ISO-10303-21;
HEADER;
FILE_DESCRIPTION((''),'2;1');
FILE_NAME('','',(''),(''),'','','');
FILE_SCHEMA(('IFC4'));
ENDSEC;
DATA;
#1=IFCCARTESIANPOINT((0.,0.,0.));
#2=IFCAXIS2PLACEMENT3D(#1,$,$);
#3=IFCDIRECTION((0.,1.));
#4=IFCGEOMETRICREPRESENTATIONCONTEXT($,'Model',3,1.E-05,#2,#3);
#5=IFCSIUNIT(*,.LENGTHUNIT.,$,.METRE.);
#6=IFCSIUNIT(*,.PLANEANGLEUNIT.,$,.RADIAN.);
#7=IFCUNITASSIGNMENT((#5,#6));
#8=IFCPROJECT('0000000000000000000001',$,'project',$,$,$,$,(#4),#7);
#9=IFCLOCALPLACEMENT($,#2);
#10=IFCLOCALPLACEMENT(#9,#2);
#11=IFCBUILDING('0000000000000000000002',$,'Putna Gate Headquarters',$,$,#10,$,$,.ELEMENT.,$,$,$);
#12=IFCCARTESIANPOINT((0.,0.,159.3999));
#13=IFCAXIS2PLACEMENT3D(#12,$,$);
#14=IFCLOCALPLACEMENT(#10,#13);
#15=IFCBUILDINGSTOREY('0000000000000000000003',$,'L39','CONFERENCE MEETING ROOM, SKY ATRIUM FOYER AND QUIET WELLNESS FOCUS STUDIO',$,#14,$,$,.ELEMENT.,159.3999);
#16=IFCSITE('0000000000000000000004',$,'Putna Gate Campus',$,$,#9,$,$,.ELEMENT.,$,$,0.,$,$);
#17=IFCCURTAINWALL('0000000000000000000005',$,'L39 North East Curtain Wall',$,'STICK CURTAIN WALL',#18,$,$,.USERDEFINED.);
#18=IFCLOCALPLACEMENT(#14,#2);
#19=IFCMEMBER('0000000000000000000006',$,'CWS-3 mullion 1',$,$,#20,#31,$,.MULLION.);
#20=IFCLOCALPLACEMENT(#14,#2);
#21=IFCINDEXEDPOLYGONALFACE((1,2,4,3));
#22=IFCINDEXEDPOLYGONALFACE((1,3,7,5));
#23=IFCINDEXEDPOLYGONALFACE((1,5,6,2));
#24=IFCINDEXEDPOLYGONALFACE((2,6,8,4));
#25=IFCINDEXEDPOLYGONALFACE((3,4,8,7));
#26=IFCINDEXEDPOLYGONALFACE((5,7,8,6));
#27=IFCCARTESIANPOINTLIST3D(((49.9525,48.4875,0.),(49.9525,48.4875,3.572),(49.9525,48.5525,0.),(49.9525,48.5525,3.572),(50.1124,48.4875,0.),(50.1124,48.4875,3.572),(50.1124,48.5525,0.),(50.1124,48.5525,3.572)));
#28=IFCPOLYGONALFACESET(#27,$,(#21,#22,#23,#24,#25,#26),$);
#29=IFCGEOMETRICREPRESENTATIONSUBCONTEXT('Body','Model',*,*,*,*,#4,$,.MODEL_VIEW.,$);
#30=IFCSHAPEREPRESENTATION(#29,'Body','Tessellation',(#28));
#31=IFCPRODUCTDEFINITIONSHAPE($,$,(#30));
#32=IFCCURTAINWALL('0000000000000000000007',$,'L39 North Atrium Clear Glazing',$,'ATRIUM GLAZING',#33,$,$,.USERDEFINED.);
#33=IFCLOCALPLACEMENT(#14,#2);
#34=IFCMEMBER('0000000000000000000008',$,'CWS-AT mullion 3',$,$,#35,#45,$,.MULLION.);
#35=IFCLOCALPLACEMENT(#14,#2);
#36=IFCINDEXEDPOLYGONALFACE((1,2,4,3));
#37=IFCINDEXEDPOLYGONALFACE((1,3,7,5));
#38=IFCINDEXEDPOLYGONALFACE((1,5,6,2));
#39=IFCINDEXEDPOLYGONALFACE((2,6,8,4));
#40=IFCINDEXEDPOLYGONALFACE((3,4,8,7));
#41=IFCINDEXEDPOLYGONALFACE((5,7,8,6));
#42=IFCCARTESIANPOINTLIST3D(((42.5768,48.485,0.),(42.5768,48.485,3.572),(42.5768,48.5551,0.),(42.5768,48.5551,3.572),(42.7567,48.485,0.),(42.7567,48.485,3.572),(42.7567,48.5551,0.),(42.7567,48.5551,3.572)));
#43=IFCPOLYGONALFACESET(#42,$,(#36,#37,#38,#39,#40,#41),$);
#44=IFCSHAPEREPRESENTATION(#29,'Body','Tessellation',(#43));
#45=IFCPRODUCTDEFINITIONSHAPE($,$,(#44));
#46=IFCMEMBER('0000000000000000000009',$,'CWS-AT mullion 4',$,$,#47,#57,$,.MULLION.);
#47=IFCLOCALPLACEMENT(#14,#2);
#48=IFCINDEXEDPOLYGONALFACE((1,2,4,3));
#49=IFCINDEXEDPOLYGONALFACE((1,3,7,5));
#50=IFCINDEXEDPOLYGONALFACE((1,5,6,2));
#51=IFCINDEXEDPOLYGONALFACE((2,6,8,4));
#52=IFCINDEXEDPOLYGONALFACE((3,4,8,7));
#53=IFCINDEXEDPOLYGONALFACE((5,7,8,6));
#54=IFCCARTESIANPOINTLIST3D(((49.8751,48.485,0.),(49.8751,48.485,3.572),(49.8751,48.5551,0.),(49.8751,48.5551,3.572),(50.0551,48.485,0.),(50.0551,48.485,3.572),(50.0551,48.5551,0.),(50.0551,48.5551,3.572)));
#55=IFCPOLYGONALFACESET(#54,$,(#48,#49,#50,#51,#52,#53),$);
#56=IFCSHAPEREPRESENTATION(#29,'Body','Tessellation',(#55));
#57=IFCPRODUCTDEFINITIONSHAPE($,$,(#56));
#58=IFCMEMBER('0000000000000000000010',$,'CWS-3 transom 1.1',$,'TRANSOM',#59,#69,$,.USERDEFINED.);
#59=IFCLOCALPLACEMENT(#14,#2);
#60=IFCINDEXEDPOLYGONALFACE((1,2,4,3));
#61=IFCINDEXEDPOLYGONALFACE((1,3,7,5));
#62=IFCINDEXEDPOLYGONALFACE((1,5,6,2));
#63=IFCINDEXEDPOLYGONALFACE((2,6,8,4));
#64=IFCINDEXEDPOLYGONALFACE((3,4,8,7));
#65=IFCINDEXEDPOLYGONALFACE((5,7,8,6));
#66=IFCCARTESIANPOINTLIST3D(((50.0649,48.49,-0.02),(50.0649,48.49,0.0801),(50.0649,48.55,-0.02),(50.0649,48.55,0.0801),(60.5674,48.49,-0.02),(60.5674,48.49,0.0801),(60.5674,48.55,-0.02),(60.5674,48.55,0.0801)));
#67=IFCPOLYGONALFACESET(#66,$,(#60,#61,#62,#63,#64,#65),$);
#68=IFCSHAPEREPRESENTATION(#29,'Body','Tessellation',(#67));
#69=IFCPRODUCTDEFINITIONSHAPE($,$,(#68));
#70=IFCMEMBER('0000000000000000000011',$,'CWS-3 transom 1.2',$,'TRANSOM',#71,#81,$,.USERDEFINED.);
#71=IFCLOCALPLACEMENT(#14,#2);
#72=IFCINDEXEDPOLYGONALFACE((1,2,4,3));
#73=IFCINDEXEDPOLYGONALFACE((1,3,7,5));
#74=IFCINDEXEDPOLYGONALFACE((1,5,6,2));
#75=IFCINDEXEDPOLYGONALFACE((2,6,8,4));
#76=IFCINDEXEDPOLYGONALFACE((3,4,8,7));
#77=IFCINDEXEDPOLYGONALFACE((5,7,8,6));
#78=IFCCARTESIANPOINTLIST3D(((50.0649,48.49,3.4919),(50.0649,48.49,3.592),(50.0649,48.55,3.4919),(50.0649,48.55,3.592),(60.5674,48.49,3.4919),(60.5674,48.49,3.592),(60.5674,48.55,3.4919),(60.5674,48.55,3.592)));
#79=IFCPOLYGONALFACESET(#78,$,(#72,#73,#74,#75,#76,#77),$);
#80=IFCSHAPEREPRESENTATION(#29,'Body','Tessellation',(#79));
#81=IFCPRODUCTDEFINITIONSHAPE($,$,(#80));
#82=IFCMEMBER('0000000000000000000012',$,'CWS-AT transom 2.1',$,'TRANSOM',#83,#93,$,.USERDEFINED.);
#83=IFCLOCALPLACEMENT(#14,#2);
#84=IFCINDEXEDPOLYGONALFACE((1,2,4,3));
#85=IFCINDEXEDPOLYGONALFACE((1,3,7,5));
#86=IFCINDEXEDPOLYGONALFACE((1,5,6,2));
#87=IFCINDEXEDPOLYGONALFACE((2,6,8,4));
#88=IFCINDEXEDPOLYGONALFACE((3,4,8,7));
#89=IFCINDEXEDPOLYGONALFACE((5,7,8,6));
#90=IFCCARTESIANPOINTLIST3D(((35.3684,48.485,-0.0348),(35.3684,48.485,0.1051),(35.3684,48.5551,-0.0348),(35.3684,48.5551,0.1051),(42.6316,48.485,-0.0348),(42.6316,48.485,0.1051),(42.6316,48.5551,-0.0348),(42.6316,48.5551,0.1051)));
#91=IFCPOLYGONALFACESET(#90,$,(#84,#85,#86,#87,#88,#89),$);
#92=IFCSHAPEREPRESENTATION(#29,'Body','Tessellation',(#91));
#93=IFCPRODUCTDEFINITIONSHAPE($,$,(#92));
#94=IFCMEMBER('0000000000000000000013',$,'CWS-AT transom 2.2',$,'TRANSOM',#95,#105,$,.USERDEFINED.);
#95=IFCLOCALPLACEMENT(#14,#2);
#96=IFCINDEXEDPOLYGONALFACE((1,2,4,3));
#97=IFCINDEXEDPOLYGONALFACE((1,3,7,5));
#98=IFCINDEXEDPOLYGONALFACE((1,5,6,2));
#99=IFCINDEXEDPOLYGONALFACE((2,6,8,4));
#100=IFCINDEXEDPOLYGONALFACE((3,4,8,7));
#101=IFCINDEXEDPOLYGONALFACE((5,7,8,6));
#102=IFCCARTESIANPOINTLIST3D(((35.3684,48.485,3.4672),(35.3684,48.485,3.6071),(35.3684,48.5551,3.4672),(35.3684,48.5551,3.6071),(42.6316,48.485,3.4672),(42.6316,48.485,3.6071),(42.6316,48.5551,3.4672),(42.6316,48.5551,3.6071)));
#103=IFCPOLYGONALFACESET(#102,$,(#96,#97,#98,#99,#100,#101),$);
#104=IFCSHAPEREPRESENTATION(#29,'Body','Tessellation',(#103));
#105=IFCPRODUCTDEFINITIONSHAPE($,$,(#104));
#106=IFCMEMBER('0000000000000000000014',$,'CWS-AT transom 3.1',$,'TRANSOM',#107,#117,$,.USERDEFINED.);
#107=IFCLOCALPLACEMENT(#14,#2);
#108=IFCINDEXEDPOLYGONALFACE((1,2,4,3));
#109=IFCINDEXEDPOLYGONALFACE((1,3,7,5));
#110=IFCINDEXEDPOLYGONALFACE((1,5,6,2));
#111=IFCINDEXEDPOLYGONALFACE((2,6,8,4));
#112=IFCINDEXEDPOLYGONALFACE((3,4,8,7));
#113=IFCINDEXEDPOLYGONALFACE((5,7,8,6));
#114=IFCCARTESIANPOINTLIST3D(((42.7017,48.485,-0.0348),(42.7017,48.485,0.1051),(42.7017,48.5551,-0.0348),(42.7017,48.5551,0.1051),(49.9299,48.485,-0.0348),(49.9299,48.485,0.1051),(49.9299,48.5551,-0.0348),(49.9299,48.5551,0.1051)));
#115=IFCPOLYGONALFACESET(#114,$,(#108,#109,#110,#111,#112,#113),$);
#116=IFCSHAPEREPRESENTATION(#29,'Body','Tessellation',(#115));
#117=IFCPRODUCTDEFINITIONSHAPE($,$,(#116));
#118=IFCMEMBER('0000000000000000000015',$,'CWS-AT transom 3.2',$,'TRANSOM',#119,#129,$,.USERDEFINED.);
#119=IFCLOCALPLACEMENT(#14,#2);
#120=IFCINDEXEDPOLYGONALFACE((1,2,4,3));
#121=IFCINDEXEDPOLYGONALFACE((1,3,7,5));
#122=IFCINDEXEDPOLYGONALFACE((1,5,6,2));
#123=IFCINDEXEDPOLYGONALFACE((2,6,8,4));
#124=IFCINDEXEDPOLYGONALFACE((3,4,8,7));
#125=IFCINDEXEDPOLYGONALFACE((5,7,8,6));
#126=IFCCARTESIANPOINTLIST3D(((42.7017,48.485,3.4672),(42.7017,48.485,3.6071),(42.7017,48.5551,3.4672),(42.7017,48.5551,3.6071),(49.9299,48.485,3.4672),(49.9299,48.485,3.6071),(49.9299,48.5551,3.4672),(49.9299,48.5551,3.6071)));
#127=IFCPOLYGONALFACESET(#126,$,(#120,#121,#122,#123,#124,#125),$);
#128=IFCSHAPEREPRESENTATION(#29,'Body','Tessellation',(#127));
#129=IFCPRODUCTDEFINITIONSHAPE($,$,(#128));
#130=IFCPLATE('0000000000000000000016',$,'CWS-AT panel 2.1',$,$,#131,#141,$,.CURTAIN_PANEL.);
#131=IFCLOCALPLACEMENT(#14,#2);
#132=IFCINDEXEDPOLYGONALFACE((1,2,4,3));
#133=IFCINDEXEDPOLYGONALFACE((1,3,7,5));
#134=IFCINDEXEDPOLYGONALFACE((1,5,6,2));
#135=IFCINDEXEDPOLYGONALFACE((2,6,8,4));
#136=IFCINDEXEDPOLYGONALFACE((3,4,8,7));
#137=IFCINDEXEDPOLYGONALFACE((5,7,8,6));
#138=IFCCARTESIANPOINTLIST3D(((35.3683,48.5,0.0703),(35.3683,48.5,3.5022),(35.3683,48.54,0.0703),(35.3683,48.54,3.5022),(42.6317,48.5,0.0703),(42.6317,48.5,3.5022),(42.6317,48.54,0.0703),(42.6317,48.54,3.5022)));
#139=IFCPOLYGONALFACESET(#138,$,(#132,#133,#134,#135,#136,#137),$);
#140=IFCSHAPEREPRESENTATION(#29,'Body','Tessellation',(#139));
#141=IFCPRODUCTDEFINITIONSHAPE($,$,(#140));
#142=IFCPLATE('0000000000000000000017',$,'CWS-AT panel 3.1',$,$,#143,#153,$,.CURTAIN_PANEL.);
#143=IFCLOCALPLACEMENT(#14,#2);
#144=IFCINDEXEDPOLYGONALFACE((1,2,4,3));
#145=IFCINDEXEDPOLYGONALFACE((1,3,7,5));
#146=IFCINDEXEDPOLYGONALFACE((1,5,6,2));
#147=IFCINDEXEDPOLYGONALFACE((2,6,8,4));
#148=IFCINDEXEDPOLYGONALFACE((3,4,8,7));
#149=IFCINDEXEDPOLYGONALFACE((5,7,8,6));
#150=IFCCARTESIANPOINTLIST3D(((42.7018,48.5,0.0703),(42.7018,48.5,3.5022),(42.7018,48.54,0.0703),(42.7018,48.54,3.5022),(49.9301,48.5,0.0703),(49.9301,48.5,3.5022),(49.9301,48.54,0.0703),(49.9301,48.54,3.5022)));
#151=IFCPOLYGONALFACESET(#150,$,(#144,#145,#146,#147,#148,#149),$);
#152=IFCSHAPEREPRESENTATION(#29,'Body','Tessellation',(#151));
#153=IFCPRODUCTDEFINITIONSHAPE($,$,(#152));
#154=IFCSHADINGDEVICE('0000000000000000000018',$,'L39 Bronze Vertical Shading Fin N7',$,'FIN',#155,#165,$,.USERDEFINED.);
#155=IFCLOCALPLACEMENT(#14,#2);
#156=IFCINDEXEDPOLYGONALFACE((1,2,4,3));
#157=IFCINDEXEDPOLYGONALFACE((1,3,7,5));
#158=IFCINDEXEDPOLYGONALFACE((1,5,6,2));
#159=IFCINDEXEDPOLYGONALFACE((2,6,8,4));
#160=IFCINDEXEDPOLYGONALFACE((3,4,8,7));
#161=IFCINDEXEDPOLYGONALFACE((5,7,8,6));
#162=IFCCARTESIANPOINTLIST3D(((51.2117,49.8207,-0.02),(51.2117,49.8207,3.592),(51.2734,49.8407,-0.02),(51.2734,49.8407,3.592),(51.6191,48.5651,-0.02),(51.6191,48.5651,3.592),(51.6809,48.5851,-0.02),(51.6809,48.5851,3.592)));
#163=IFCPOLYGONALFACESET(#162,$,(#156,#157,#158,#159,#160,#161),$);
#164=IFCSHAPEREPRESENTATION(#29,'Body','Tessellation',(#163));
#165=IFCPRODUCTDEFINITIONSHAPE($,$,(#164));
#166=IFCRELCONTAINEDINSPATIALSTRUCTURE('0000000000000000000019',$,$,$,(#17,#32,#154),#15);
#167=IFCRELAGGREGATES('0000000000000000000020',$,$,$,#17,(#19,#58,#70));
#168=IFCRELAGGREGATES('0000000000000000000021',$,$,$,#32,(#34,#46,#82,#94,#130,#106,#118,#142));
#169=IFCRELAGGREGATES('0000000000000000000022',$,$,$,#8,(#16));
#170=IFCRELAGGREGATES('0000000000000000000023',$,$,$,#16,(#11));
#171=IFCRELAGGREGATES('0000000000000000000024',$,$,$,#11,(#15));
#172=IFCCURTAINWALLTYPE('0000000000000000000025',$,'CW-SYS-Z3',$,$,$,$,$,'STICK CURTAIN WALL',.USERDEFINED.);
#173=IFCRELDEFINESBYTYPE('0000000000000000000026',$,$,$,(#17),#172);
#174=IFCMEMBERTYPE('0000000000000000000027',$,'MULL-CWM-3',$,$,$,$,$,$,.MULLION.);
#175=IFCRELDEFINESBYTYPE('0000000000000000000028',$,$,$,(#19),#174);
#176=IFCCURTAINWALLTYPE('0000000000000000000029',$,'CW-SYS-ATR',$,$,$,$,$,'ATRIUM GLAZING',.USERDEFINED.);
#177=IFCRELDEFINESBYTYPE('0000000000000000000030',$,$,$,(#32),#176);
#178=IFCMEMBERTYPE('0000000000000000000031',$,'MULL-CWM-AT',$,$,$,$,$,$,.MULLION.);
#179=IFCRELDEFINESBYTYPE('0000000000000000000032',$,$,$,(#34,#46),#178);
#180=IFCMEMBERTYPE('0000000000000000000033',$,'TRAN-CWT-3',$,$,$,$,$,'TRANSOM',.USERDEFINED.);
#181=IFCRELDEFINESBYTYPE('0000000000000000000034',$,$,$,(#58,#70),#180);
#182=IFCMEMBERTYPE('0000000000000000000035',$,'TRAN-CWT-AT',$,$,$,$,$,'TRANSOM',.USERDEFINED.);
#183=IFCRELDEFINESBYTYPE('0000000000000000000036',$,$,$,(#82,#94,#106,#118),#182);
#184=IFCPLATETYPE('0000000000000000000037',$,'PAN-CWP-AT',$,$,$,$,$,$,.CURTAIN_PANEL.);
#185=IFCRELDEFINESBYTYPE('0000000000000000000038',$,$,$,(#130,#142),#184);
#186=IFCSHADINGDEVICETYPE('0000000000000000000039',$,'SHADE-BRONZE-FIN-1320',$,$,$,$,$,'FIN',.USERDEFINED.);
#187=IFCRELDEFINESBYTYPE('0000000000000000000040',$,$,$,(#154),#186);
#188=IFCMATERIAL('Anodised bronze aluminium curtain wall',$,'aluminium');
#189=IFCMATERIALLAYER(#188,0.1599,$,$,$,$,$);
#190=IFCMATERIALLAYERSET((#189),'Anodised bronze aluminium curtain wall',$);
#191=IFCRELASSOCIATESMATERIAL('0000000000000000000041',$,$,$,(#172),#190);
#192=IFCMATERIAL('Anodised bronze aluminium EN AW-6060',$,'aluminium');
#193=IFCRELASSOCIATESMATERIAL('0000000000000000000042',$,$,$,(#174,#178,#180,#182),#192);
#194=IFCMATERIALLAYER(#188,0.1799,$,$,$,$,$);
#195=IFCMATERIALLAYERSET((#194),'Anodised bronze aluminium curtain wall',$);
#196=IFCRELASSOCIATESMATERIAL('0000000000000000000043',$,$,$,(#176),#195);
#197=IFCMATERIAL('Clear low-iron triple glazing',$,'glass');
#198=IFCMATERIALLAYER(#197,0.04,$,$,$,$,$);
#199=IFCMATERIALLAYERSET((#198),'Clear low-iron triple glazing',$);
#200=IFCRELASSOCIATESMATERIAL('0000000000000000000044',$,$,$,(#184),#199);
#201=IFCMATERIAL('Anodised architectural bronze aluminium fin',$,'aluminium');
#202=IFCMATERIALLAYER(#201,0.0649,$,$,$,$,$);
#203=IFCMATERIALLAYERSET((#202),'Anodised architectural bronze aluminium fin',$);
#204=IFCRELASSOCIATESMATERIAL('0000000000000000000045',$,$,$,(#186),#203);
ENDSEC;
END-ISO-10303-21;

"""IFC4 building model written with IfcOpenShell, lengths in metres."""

from ifc_helpers import new_model, si_unit, direction, frame, origin, origin_2d, place, context, subcontext, project, spatial, rectangle, extrude, material, layer, layer_set, material_profile, profile_set, type_object, element, aggregate, save


model = new_model("IFC4")

# Units and contexts
model_context = context("Model", 3, precision=1e-05, world=origin(), true_north=direction((0.0, 1.0)))
body_context = subcontext(model_context, "Body", "Model", "MODEL_VIEW")
ifc_project = project(units=[si_unit("LENGTHUNIT", "METRE"), si_unit("PLANEANGLEUNIT", "RADIAN")], contexts=[model_context])

# Site, building, storey
site_placement = place(None, origin())
site = spatial("IfcSite", under=ifc_project, at=site_placement, Name="Putna Gate Campus", CompositionType="ELEMENT", RefElevation=0.0)
building_placement = place(site_placement, origin())
building = spatial("IfcBuilding", under=site, at=building_placement, Name="Putna Gate Headquarters", CompositionType="ELEMENT")
storey_placement = place(building_placement, frame((0.0, 0.0, 159.3999)))
storey = spatial("IfcBuildingStorey", under=building, at=storey_placement, Name="L39", Description="CONFERENCE MEETING ROOM, SKY ATRIUM FOYER AND QUIET WELLNESS FOCUS STUDIO", CompositionType="ELEMENT", Elevation=159.3999)

# Curtain wall, member
ifc_material_1 = material(Name="Anodised bronze aluminium curtain wall", Category="aluminium")
ifc_layer_1 = layer(ifc_material_1, 0.1599)
ifc_layer_set_1 = layer_set([ifc_layer_1], Name="Anodised bronze aluminium curtain wall")
curtain_wall_type_1 = type_object("IfcCurtainWallType", Name="CW-SYS-Z3", ElementType="STICK CURTAIN WALL", PredefinedType="USERDEFINED", material=ifc_layer_set_1)
curtain_wall_1_placement = place(storey_placement, origin())
curtain_wall_1 = element("IfcCurtainWall", 1, at=curtain_wall_1_placement, inside=storey, type_object=curtain_wall_type_1, Name="L39 North East Curtain Wall", ObjectType="STICK CURTAIN WALL", PredefinedType="USERDEFINED")
ifc_material_2 = material(Name="Anodised bronze aluminium EN AW-6060", Category="aluminium")
ifc_material_profile_1 = material_profile(ifc_material_2, rectangle(XDim=0.0649, YDim=0.1599, at=origin_2d()), Name="Anodised bronze aluminium EN AW-6060")
ifc_profile_set_1 = profile_set([ifc_material_profile_1], Name="Anodised bronze aluminium EN AW-6060")
member_type_1 = type_object("IfcMemberType", Name="MULL-CWM-3", PredefinedType="MULLION", material=ifc_profile_set_1)
member_1_placement = place(storey_placement, frame((50.0325, 48.52, 0.0), z_axis=(0.0, 0.0, 1.0), x_axis=(0.0, 1.0, 0.0)))
member_1 = element("IfcMember", 2, at=member_1_placement, type_object=member_type_1, Name="CWS-3 mullion 1", PredefinedType="MULLION", context=body_context, shape_type="SweptSolid", body=[
    extrude(rectangle(XDim=0.0649, YDim=0.1599, at=origin_2d()), origin(), (0.0, 0.0, 1.0), 3.572),
])

# Curtain wall, members
ifc_layer_2 = layer(ifc_material_1, 0.1799)
ifc_layer_set_2 = layer_set([ifc_layer_2], Name="Anodised bronze aluminium curtain wall")
curtain_wall_type_2 = type_object("IfcCurtainWallType", Name="CW-SYS-ATR", ElementType="ATRIUM GLAZING", PredefinedType="USERDEFINED", material=ifc_layer_set_2)
curtain_wall_2_placement = place(storey_placement, origin())
curtain_wall_2 = element("IfcCurtainWall", 3, at=curtain_wall_2_placement, inside=storey, type_object=curtain_wall_type_2, Name="L39 North Atrium Clear Glazing", ObjectType="ATRIUM GLAZING", PredefinedType="USERDEFINED")
ifc_material_profile_2 = material_profile(ifc_material_2, rectangle(XDim=0.0701, YDim=0.1799, at=origin_2d()), Name="Anodised bronze aluminium EN AW-6060")
ifc_profile_set_2 = profile_set([ifc_material_profile_2], Name="Anodised bronze aluminium EN AW-6060")
member_type_2 = type_object("IfcMemberType", Name="MULL-CWM-AT", PredefinedType="MULLION", material=ifc_profile_set_2)
member_2_placement = place(storey_placement, frame((42.6667, 48.52, 0.0), z_axis=(0.0, 0.0, 1.0), x_axis=(0.0, 1.0, 0.0)))
member_2 = element("IfcMember", 4, at=member_2_placement, type_object=member_type_2, Name="CWS-AT mullion 3", PredefinedType="MULLION", context=body_context, shape_type="SweptSolid", body=[
    extrude(rectangle(XDim=0.0701, YDim=0.1799, at=origin_2d()), origin(), (0.0, 0.0, 1.0), 3.572),
])
member_3_placement = place(storey_placement, frame((49.9651, 48.52, 0.0), z_axis=(0.0, 0.0, 1.0), x_axis=(0.0, 1.0, 0.0)))
member_3 = element("IfcMember", 5, at=member_3_placement, type_object=member_type_2, Name="CWS-AT mullion 4", PredefinedType="MULLION", context=body_context, shape_type="SweptSolid", body=[
    extrude(rectangle(XDim=0.0701, YDim=0.1799, at=origin_2d()), origin(), (0.0, 0.0, 1.0), 3.572),
])

# Members
ifc_material_profile_3 = material_profile(ifc_material_2, rectangle(XDim=0.0601, YDim=0.1001, at=origin_2d()), Name="Anodised bronze aluminium EN AW-6060")
ifc_profile_set_3 = profile_set([ifc_material_profile_3], Name="Anodised bronze aluminium EN AW-6060")
member_type_3 = type_object("IfcMemberType", Name="TRAN-CWT-3", ElementType="TRANSOM", PredefinedType="USERDEFINED", material=ifc_profile_set_3)
member_4_placement = place(storey_placement, frame((50.0649, 48.52, 0.03), z_axis=(1.0, 0.0, 0.0), x_axis=(0.0, 1.0, 0.0)))
member_4 = element("IfcMember", 6, at=member_4_placement, type_object=member_type_3, Name="CWS-3 transom 1.1", ObjectType="TRANSOM", PredefinedType="USERDEFINED", context=body_context, shape_type="SweptSolid", body=[
    extrude(rectangle(XDim=0.0601, YDim=0.1001, at=origin_2d()), origin(), (0.0, 0.0, 1.0), 10.5024),
])
member_5_placement = place(storey_placement, frame((50.0649, 48.52, 3.542), z_axis=(1.0, 0.0, 0.0), x_axis=(0.0, 1.0, 0.0)))
member_5 = element("IfcMember", 7, at=member_5_placement, type_object=member_type_3, Name="CWS-3 transom 1.2", ObjectType="TRANSOM", PredefinedType="USERDEFINED", context=body_context, shape_type="SweptSolid", body=[
    extrude(rectangle(XDim=0.0601, YDim=0.1001, at=origin_2d()), origin(), (0.0, 0.0, 1.0), 10.5024),
])
aggregate(curtain_wall_1, [member_1, member_4, member_5])
ifc_material_profile_4 = material_profile(ifc_material_2, rectangle(XDim=0.0701, YDim=0.1399, at=origin_2d()), Name="Anodised bronze aluminium EN AW-6060")
ifc_profile_set_4 = profile_set([ifc_material_profile_4], Name="Anodised bronze aluminium EN AW-6060")
member_type_4 = type_object("IfcMemberType", Name="TRAN-CWT-AT", ElementType="TRANSOM", PredefinedType="USERDEFINED", material=ifc_profile_set_4)
member_6_placement = place(storey_placement, frame((35.3684, 48.52, 0.0352), z_axis=(1.0, 0.0, 0.0), x_axis=(0.0, 1.0, 0.0)))
member_6 = element("IfcMember", 8, at=member_6_placement, type_object=member_type_4, Name="CWS-AT transom 2.1", ObjectType="TRANSOM", PredefinedType="USERDEFINED", context=body_context, shape_type="SweptSolid", body=[
    extrude(rectangle(XDim=0.0701, YDim=0.1399, at=origin_2d()), origin(), (0.0, 0.0, 1.0), 7.2632),
])
member_7_placement = place(storey_placement, frame((35.3684, 48.52, 3.5371), z_axis=(1.0, 0.0, 0.0), x_axis=(0.0, 1.0, 0.0)))
member_7 = element("IfcMember", 9, at=member_7_placement, type_object=member_type_4, Name="CWS-AT transom 2.2", ObjectType="TRANSOM", PredefinedType="USERDEFINED", context=body_context, shape_type="SweptSolid", body=[
    extrude(rectangle(XDim=0.0701, YDim=0.1399, at=origin_2d()), origin(), (0.0, 0.0, 1.0), 7.2632),
])
member_8_placement = place(storey_placement, frame((42.7017, 48.52, 0.0352), z_axis=(1.0, 0.0, 0.0), x_axis=(0.0, 1.0, 0.0)))
member_8 = element("IfcMember", 10, at=member_8_placement, type_object=member_type_4, Name="CWS-AT transom 3.1", ObjectType="TRANSOM", PredefinedType="USERDEFINED", context=body_context, shape_type="SweptSolid", body=[
    extrude(rectangle(XDim=0.0701, YDim=0.1399, at=origin_2d()), origin(), (0.0, 0.0, 1.0), 7.2283),
])
member_9_placement = place(storey_placement, frame((42.7017, 48.52, 3.5371), z_axis=(1.0, 0.0, 0.0), x_axis=(0.0, 1.0, 0.0)))
member_9 = element("IfcMember", 11, at=member_9_placement, type_object=member_type_4, Name="CWS-AT transom 3.2", ObjectType="TRANSOM", PredefinedType="USERDEFINED", context=body_context, shape_type="SweptSolid", body=[
    extrude(rectangle(XDim=0.0701, YDim=0.1399, at=origin_2d()), origin(), (0.0, 0.0, 1.0), 7.2283),
])

# Plates
ifc_material_3 = material(Name="Clear low-iron triple glazing", Category="glass")
ifc_layer_3 = layer(ifc_material_3, 0.04)
ifc_layer_set_3 = layer_set([ifc_layer_3], Name="Clear low-iron triple glazing")
plate_type = type_object("IfcPlateType", Name="PAN-CWP-AT", PredefinedType="CURTAIN_PANEL", material=ifc_layer_set_3)
plate_1_placement = place(storey_placement, frame((39.0, 48.52, 0.0703), z_axis=(0.0, 0.0, 1.0), x_axis=(1.0, 0.0, 0.0)))
plate_1 = element("IfcPlate", 12, at=plate_1_placement, type_object=plate_type, Name="CWS-AT panel 2.1", PredefinedType="CURTAIN_PANEL", context=body_context, shape_type="SweptSolid", body=[
    extrude(rectangle(XDim=7.2634, YDim=0.04, at=origin_2d()), origin(), (0.0, 0.0, 1.0), 3.4319),
])
plate_2_placement = place(storey_placement, frame((46.3159, 48.52, 0.0703), z_axis=(0.0, 0.0, 1.0), x_axis=(1.0, 0.0, 0.0)))
plate_2 = element("IfcPlate", 13, at=plate_2_placement, type_object=plate_type, Name="CWS-AT panel 3.1", PredefinedType="CURTAIN_PANEL", context=body_context, shape_type="SweptSolid", body=[
    extrude(rectangle(XDim=7.2283, YDim=0.04, at=origin_2d()), origin(), (0.0, 0.0, 1.0), 3.4319),
])
aggregate(curtain_wall_2, [member_2, member_3, member_6, member_7, plate_1, member_8, member_9, plate_2])

# Shading device
ifc_material_4 = material(Name="Anodised architectural bronze aluminium fin", Category="aluminium")
ifc_layer_4 = layer(ifc_material_4, 0.0649)
ifc_layer_set_4 = layer_set([ifc_layer_4], Name="Anodised architectural bronze aluminium fin")
shading_device_type = type_object("IfcShadingDeviceType", Name="SHADE-BRONZE-FIN-1320", ElementType="FIN", PredefinedType="USERDEFINED", material=ifc_layer_set_4)
shading_device_placement = place(storey_placement, frame((51.4463, 49.2029, -0.02), z_axis=(0.0, 0.0, 1.0), x_axis=(-0.308685, 0.951164, 0.0)))
element("IfcShadingDevice", 14, at=shading_device_placement, inside=storey, type_object=shading_device_type, Name="L39 Bronze Vertical Shading Fin N7", ObjectType="FIN", PredefinedType="USERDEFINED", context=body_context, shape_type="SweptSolid", body=[
    extrude(rectangle(XDim=1.3201, YDim=0.0649, at=origin_2d()), origin(), (0.0, 0.0, 1.0), 3.6121),
])

save(model, "model.ifc")
